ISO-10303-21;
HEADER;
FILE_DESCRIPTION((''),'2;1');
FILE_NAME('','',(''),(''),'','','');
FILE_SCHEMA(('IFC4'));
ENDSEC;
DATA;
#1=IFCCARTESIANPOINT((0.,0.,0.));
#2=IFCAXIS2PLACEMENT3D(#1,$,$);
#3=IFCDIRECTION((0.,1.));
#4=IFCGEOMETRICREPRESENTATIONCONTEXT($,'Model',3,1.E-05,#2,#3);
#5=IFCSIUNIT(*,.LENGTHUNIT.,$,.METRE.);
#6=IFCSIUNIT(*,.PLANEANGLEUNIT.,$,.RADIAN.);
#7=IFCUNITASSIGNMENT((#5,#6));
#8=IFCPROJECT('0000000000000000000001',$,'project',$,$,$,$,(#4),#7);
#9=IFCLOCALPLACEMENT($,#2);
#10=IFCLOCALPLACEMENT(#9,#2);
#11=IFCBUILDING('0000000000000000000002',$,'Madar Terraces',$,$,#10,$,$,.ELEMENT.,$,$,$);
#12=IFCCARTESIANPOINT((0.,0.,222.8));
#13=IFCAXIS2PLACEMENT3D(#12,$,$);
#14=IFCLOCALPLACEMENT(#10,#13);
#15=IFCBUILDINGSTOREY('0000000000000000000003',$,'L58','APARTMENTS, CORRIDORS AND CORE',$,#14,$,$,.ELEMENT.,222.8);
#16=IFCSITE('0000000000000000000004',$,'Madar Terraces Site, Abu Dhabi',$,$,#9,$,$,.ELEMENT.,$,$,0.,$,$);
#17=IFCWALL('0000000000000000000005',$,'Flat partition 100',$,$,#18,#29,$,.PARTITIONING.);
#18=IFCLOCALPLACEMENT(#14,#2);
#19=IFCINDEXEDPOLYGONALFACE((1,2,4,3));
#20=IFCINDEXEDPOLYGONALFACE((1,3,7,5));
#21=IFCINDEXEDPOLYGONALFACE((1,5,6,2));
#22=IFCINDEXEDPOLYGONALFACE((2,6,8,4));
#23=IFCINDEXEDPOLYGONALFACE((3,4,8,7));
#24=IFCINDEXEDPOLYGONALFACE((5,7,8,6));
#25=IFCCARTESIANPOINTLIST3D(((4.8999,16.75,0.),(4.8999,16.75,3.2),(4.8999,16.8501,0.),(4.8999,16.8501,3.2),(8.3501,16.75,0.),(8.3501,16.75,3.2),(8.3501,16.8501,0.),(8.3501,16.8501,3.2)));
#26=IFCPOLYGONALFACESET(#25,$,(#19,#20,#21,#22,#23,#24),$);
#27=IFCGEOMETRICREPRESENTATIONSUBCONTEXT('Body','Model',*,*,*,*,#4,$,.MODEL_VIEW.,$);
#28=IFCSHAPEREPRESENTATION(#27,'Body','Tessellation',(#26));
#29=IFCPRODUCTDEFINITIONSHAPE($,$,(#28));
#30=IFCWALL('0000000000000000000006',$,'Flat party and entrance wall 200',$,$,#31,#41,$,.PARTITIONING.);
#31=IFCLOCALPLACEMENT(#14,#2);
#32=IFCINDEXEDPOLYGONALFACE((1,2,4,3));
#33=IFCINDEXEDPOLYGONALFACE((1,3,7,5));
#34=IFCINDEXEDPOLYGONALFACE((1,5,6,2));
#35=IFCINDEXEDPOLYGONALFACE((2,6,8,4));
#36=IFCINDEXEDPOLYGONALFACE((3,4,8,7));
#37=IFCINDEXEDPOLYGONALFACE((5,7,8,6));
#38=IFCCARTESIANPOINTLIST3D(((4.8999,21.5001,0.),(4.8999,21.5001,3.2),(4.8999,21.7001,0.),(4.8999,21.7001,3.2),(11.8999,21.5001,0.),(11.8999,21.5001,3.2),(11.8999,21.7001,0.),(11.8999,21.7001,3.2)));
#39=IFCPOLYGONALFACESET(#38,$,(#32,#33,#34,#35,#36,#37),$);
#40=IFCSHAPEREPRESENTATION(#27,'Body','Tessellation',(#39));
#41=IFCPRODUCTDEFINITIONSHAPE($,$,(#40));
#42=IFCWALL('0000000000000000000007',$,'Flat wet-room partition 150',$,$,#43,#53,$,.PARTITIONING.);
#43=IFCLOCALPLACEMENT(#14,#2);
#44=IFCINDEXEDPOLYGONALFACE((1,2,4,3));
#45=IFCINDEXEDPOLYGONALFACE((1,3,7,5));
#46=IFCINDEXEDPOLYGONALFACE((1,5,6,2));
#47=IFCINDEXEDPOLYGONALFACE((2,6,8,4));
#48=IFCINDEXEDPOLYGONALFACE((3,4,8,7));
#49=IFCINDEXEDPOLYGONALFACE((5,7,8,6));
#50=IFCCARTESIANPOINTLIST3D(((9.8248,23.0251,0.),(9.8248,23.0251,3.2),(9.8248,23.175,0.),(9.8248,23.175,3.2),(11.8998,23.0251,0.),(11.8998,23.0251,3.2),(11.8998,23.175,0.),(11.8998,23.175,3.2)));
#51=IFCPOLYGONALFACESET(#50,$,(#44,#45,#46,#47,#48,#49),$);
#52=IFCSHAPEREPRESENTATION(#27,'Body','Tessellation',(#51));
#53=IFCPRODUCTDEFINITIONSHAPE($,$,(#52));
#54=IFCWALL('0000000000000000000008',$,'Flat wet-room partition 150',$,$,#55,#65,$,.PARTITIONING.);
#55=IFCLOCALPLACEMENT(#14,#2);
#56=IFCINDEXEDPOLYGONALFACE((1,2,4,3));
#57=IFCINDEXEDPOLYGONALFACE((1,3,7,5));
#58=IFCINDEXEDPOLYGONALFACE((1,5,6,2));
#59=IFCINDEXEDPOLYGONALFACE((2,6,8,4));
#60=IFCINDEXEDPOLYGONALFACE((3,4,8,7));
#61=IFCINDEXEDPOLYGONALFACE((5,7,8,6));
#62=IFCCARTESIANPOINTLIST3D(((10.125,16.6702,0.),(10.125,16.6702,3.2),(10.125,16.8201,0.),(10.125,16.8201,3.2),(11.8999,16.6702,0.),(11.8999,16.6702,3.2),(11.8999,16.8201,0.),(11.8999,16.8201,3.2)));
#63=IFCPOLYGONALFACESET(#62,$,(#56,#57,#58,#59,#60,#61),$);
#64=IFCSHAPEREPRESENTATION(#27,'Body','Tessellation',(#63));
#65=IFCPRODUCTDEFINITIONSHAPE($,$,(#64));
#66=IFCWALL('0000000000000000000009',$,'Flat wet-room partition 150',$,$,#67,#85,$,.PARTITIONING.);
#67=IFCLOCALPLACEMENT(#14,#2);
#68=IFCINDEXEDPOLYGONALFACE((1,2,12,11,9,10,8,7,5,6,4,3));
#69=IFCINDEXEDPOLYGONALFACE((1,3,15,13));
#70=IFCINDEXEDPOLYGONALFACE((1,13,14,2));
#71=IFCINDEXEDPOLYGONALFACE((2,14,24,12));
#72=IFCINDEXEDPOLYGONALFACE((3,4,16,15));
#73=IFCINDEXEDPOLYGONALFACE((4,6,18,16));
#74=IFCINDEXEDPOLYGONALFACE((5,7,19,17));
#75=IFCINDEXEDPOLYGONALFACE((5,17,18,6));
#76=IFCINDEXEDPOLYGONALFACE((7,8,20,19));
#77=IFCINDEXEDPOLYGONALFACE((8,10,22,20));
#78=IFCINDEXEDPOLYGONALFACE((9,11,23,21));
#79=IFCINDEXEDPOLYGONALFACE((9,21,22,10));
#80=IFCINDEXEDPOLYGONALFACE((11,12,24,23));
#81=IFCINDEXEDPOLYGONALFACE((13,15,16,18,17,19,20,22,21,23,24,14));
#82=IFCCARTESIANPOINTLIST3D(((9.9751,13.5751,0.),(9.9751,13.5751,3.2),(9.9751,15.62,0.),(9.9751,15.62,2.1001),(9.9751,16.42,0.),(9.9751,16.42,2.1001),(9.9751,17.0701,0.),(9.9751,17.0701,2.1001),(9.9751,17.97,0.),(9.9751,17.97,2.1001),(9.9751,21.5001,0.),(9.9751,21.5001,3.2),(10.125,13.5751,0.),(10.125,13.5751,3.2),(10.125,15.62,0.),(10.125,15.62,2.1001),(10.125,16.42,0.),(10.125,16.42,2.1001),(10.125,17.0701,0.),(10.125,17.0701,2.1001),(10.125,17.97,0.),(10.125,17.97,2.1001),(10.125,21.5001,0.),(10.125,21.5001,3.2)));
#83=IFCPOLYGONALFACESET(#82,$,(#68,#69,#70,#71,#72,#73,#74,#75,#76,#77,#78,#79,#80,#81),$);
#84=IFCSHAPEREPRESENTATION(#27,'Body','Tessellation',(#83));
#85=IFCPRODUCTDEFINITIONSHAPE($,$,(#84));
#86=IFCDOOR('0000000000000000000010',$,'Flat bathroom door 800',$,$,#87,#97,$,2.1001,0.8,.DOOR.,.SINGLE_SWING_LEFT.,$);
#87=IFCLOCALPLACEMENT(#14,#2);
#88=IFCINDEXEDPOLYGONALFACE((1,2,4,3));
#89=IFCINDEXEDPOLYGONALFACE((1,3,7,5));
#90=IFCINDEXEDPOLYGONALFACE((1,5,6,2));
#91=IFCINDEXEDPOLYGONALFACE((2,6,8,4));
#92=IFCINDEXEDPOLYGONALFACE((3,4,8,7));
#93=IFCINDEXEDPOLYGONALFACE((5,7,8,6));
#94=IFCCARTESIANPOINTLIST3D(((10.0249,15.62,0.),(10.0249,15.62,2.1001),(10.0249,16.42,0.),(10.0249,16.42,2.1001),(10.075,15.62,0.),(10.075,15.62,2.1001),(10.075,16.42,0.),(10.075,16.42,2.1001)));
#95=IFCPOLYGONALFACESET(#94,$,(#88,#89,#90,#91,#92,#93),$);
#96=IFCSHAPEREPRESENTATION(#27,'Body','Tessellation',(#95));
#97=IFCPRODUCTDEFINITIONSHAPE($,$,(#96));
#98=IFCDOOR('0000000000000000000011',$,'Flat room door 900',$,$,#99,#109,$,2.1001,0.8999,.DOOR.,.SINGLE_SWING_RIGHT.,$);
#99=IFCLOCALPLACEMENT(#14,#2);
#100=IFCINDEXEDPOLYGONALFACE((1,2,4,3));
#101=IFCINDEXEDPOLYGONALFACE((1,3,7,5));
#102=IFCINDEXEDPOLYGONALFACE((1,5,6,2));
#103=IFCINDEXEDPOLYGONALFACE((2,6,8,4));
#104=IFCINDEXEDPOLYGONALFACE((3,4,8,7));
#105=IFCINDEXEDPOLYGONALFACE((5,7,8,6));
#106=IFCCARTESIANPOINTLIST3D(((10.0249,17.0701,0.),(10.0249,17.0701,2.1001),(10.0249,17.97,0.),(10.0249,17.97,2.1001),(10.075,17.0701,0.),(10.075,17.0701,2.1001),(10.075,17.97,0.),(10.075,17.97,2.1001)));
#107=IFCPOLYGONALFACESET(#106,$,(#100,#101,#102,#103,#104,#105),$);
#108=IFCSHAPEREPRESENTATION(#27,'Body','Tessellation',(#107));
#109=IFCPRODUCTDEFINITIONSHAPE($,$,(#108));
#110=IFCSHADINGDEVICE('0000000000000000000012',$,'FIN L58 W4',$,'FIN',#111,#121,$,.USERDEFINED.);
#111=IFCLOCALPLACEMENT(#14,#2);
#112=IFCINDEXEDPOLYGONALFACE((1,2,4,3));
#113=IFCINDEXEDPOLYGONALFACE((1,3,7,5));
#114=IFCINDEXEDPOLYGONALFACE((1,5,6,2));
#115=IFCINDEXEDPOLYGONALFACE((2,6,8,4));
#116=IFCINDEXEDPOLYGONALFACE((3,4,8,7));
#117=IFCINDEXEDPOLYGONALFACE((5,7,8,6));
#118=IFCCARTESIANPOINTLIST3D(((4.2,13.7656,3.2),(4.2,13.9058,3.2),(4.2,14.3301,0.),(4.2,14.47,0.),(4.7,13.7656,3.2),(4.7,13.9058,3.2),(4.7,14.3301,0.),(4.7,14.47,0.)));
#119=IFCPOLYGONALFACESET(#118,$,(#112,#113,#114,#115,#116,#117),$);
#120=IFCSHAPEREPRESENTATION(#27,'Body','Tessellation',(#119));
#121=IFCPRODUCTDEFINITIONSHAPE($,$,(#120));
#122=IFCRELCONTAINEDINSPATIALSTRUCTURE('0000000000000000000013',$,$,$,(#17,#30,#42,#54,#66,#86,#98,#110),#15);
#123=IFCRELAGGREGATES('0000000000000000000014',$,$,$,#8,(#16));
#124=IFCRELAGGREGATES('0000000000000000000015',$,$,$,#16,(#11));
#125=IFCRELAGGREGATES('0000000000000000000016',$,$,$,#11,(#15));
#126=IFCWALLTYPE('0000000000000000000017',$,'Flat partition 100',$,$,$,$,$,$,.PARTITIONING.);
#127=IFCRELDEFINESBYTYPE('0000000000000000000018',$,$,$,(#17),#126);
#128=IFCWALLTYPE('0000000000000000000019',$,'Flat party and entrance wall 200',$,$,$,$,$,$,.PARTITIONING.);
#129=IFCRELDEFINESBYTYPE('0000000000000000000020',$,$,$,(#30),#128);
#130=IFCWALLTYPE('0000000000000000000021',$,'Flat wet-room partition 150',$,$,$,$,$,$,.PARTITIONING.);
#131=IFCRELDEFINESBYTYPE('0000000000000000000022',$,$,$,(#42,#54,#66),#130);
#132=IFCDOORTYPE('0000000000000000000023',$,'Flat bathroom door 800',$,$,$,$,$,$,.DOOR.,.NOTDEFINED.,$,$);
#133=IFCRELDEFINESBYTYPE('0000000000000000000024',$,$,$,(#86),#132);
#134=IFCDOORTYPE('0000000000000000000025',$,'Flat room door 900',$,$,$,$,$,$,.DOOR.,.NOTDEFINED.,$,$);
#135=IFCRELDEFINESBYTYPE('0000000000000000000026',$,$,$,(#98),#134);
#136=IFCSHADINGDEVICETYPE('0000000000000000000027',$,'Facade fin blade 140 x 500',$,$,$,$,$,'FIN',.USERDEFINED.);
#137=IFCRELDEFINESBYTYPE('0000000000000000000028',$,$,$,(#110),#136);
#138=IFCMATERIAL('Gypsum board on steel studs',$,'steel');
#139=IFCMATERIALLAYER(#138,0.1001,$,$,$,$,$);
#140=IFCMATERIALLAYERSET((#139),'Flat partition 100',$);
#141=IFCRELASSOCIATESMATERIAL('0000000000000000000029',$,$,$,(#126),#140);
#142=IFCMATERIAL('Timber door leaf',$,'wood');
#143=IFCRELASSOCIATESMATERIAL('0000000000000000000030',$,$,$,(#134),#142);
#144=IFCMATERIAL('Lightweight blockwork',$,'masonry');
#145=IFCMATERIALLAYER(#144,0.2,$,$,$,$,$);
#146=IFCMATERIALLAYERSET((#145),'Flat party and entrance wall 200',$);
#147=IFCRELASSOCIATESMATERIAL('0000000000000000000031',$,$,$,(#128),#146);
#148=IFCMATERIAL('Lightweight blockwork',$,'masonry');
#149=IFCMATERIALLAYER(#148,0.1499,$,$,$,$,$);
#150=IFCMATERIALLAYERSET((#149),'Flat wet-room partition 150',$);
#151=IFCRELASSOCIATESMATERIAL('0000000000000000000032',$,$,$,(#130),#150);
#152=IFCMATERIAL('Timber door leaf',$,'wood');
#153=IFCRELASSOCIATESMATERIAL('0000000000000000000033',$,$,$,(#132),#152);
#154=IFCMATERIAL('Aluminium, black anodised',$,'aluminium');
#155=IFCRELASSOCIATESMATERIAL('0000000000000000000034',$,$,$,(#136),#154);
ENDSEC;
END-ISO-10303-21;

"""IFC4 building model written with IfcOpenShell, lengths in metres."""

from ifc_helpers import new_model, si_unit, direction, frame, frame_2d, origin, place, context, subcontext, project, spatial, polyline, rectangle, outline, extrude, material, layer, layer_set, type_object, element, fill, save


model = new_model("IFC4")

# Units and contexts
model_context = context("Model", 3, precision=1e-05, world=origin(), true_north=direction((0.0, 1.0)))
body_context = subcontext(model_context, "Body", "Model", "MODEL_VIEW")
ifc_project = project(units=[si_unit("LENGTHUNIT", "METRE"), si_unit("PLANEANGLEUNIT", "RADIAN")], contexts=[model_context])

# Site, building, storey
site_placement = place(None, origin())
site = spatial("IfcSite", under=ifc_project, at=site_placement, Name="Madar Terraces Site, Abu Dhabi", CompositionType="ELEMENT", RefElevation=0.0)
building_placement = place(site_placement, origin())
building = spatial("IfcBuilding", under=site, at=building_placement, Name="Madar Terraces", CompositionType="ELEMENT")
storey_placement = place(building_placement, frame((0.0, 0.0, 222.8)))
storey = spatial("IfcBuildingStorey", under=building, at=storey_placement, Name="L58", Description="APARTMENTS, CORRIDORS AND CORE", CompositionType="ELEMENT", Elevation=222.8)

# Shared definitions
ifc_material_1 = material(Name="Gypsum board on steel studs", Category="steel")
ifc_layer_1 = layer(ifc_material_1, 0.1001)
ifc_layer_set_1 = layer_set([ifc_layer_1], Name="Flat partition 100")
wall_type_1 = type_object("IfcWallType", Name="Flat partition 100", PredefinedType="PARTITIONING", material=ifc_layer_set_1)
ifc_material_2 = material(Name="Timber door leaf", Category="wood")
door_type_1 = type_object("IfcDoorType", Name="Flat room door 900", OperationType="NOTDEFINED", PredefinedType="DOOR", material=ifc_material_2)

# Walls
wall_1_placement = place(storey_placement, frame((8.3501, 16.8, 0.0), z_axis=(0.0, 0.0, 1.0), x_axis=(-1.0, 0.0, 0.0)))
element("IfcWall", 1, at=wall_1_placement, inside=storey, type_object=wall_type_1, Name="Flat partition 100", PredefinedType="PARTITIONING", context=body_context, shape_type="SweptSolid", body=[
    extrude(rectangle(XDim=3.4502, YDim=0.1001, at=frame_2d((1.7251, 0.0))), origin(), (0.0, 0.0, 1.0), 3.2),
])
ifc_material_3 = material(Name="Lightweight blockwork", Category="masonry")
ifc_layer_2 = layer(ifc_material_3, 0.2)
ifc_layer_set_2 = layer_set([ifc_layer_2], Name="Flat party and entrance wall 200")
wall_type_2 = type_object("IfcWallType", Name="Flat party and entrance wall 200", PredefinedType="PARTITIONING", material=ifc_layer_set_2)
wall_2_placement = place(storey_placement, frame((4.8999, 21.6001, 0.0), z_axis=(0.0, 0.0, 1.0), x_axis=(1.0, 0.0, 0.0)))
element("IfcWall", 2, at=wall_2_placement, inside=storey, type_object=wall_type_2, Name="Flat party and entrance wall 200", PredefinedType="PARTITIONING", context=body_context, shape_type="SweptSolid", body=[
    extrude(rectangle(XDim=7.0, YDim=0.2, at=frame_2d((3.5, 0.0))), origin(), (0.0, 0.0, 1.0), 3.2),
])
ifc_material_4 = material(Name="Lightweight blockwork", Category="masonry")
ifc_layer_3 = layer(ifc_material_4, 0.1499)
ifc_layer_set_3 = layer_set([ifc_layer_3], Name="Flat wet-room partition 150")
wall_type_3 = type_object("IfcWallType", Name="Flat wet-room partition 150", PredefinedType="PARTITIONING", material=ifc_layer_set_3)
wall_3_placement = place(storey_placement, frame((11.8999, 23.1001, 0.0), z_axis=(0.0, 0.0, 1.0), x_axis=(-1.0, 0.0, 0.0)))
element("IfcWall", 3, at=wall_3_placement, inside=storey, type_object=wall_type_3, Name="Flat wet-room partition 150", PredefinedType="PARTITIONING", context=body_context, shape_type="SweptSolid", body=[
    extrude(rectangle(XDim=2.075, YDim=0.1499, at=frame_2d((1.0376, 0.0))), origin(), (0.0, 0.0, 1.0), 3.2),
])
wall_4_placement = place(storey_placement, frame((11.8999, 16.7451, 0.0), z_axis=(0.0, 0.0, 1.0), x_axis=(-1.0, 0.0, 0.0)))
element("IfcWall", 4, at=wall_4_placement, inside=storey, type_object=wall_type_3, Name="Flat wet-room partition 150", PredefinedType="PARTITIONING", context=body_context, shape_type="SweptSolid", body=[
    extrude(rectangle(XDim=1.7749, YDim=0.1499, at=frame_2d((0.8875, 0.0))), origin(), (0.0, 0.0, 1.0), 3.2),
])

# Wall, openings, doors
wall_5_placement = place(storey_placement, frame((10.05, 21.5, 0.0), z_axis=(0.0, 0.0, 1.0), x_axis=(0.0, -1.0, 0.0)))
wall_5 = element("IfcWall", 5, at=wall_5_placement, inside=storey, type_object=wall_type_3, Name="Flat wet-room partition 150", PredefinedType="PARTITIONING", context=body_context, shape_type="SweptSolid", body=[
    extrude(rectangle(XDim=7.925, YDim=0.1499, at=frame_2d((3.9624, 0.0))), origin(), (0.0, 0.0, 1.0), 3.2),
])
opening_1_placement = place(wall_5_placement, frame((5.0801, 0.0, 0.0)))
opening_1 = element("IfcOpeningElement", 6, at=opening_1_placement, cuts=wall_5, PredefinedType="OPENING", context=body_context, shape_type="SweptSolid", body=[
    extrude(rectangle(XDim=0.8, YDim=2.1001, at=frame_2d((0.3999, 1.05))), frame((0.0, 0.085, 0.0), z_axis=(0.0, -1.0, 0.0), x_axis=(1.0, 0.0, 0.0)), (0.0, 0.0, 1.0), 0.1699),
])
opening_2_placement = place(wall_5_placement, frame((3.53, 0.0, 0.0)))
opening_2 = element("IfcOpeningElement", 7, at=opening_2_placement, cuts=wall_5, PredefinedType="OPENING", context=body_context, shape_type="SweptSolid", body=[
    extrude(rectangle(XDim=0.8999, YDim=2.1001, at=frame_2d((0.45, 1.05))), frame((0.0, 0.085, 0.0), z_axis=(0.0, -1.0, 0.0), x_axis=(1.0, 0.0, 0.0)), (0.0, 0.0, 1.0), 0.1699),
])
ifc_material_5 = material(Name="Timber door leaf", Category="wood")
door_type_2 = type_object("IfcDoorType", Name="Flat bathroom door 800", OperationType="NOTDEFINED", PredefinedType="DOOR", material=ifc_material_5)
door_1_placement = place(opening_1_placement, origin())
door_1 = element("IfcDoor", 8, at=door_1_placement, inside=storey, type_object=door_type_2, Name="Flat bathroom door 800", OperationType="SINGLE_SWING_LEFT", OverallHeight=2.1001, OverallWidth=0.8, PredefinedType="DOOR", context=body_context, shape_type="SweptSolid", body=[
    extrude(rectangle(XDim=0.8, YDim=2.1001, at=frame_2d((0.3999, 1.05))), frame((0.0, 0.0249, 0.0), z_axis=(0.0, -1.0, 0.0), x_axis=(1.0, 0.0, 0.0)), (0.0, 0.0, 1.0), 0.05),
])
fill(opening_1, door_1)
door_2_placement = place(opening_2_placement, origin())
door_2 = element("IfcDoor", 9, at=door_2_placement, inside=storey, type_object=door_type_1, Name="Flat room door 900", OperationType="SINGLE_SWING_RIGHT", OverallHeight=2.1001, OverallWidth=0.8999, PredefinedType="DOOR", context=body_context, shape_type="SweptSolid", body=[
    extrude(rectangle(XDim=0.8999, YDim=2.1001, at=frame_2d((0.45, 1.05))), frame((0.0, 0.0249, 0.0), z_axis=(0.0, -1.0, 0.0), x_axis=(1.0, 0.0, 0.0)), (0.0, 0.0, 1.0), 0.05),
])
fill(opening_2, door_2)

# Shading device
ifc_material_6 = material(Name="Aluminium, black anodised", Category="aluminium")
shading_device_type = type_object("IfcShadingDeviceType", Name="Facade fin blade 140 x 500", ElementType="FIN", PredefinedType="USERDEFINED", material=ifc_material_6)
shading_device_placement = place(storey_placement, frame((4.45, 14.47, 0.0), z_axis=(0.0, 0.0, 1.0), x_axis=(0.0, -1.0, 0.0)))
element("IfcShadingDevice", 10, at=shading_device_placement, inside=storey, type_object=shading_device_type, Name="FIN L58 W4", ObjectType="FIN", PredefinedType="USERDEFINED", context=body_context, shape_type="SweptSolid", body=[
    extrude(outline(polyline([(0.0, 0.0), (0.1399, 0.0), (0.7043, 3.2), (0.5642, 3.2), (0.0, 0.0)])), frame((0.0, 0.25, 0.0), z_axis=(0.0, -1.0, 0.0), x_axis=(1.0, 0.0, 0.0)), (0.0, 0.0, 1.0), 0.5),
])

save(model, "model.ifc")
